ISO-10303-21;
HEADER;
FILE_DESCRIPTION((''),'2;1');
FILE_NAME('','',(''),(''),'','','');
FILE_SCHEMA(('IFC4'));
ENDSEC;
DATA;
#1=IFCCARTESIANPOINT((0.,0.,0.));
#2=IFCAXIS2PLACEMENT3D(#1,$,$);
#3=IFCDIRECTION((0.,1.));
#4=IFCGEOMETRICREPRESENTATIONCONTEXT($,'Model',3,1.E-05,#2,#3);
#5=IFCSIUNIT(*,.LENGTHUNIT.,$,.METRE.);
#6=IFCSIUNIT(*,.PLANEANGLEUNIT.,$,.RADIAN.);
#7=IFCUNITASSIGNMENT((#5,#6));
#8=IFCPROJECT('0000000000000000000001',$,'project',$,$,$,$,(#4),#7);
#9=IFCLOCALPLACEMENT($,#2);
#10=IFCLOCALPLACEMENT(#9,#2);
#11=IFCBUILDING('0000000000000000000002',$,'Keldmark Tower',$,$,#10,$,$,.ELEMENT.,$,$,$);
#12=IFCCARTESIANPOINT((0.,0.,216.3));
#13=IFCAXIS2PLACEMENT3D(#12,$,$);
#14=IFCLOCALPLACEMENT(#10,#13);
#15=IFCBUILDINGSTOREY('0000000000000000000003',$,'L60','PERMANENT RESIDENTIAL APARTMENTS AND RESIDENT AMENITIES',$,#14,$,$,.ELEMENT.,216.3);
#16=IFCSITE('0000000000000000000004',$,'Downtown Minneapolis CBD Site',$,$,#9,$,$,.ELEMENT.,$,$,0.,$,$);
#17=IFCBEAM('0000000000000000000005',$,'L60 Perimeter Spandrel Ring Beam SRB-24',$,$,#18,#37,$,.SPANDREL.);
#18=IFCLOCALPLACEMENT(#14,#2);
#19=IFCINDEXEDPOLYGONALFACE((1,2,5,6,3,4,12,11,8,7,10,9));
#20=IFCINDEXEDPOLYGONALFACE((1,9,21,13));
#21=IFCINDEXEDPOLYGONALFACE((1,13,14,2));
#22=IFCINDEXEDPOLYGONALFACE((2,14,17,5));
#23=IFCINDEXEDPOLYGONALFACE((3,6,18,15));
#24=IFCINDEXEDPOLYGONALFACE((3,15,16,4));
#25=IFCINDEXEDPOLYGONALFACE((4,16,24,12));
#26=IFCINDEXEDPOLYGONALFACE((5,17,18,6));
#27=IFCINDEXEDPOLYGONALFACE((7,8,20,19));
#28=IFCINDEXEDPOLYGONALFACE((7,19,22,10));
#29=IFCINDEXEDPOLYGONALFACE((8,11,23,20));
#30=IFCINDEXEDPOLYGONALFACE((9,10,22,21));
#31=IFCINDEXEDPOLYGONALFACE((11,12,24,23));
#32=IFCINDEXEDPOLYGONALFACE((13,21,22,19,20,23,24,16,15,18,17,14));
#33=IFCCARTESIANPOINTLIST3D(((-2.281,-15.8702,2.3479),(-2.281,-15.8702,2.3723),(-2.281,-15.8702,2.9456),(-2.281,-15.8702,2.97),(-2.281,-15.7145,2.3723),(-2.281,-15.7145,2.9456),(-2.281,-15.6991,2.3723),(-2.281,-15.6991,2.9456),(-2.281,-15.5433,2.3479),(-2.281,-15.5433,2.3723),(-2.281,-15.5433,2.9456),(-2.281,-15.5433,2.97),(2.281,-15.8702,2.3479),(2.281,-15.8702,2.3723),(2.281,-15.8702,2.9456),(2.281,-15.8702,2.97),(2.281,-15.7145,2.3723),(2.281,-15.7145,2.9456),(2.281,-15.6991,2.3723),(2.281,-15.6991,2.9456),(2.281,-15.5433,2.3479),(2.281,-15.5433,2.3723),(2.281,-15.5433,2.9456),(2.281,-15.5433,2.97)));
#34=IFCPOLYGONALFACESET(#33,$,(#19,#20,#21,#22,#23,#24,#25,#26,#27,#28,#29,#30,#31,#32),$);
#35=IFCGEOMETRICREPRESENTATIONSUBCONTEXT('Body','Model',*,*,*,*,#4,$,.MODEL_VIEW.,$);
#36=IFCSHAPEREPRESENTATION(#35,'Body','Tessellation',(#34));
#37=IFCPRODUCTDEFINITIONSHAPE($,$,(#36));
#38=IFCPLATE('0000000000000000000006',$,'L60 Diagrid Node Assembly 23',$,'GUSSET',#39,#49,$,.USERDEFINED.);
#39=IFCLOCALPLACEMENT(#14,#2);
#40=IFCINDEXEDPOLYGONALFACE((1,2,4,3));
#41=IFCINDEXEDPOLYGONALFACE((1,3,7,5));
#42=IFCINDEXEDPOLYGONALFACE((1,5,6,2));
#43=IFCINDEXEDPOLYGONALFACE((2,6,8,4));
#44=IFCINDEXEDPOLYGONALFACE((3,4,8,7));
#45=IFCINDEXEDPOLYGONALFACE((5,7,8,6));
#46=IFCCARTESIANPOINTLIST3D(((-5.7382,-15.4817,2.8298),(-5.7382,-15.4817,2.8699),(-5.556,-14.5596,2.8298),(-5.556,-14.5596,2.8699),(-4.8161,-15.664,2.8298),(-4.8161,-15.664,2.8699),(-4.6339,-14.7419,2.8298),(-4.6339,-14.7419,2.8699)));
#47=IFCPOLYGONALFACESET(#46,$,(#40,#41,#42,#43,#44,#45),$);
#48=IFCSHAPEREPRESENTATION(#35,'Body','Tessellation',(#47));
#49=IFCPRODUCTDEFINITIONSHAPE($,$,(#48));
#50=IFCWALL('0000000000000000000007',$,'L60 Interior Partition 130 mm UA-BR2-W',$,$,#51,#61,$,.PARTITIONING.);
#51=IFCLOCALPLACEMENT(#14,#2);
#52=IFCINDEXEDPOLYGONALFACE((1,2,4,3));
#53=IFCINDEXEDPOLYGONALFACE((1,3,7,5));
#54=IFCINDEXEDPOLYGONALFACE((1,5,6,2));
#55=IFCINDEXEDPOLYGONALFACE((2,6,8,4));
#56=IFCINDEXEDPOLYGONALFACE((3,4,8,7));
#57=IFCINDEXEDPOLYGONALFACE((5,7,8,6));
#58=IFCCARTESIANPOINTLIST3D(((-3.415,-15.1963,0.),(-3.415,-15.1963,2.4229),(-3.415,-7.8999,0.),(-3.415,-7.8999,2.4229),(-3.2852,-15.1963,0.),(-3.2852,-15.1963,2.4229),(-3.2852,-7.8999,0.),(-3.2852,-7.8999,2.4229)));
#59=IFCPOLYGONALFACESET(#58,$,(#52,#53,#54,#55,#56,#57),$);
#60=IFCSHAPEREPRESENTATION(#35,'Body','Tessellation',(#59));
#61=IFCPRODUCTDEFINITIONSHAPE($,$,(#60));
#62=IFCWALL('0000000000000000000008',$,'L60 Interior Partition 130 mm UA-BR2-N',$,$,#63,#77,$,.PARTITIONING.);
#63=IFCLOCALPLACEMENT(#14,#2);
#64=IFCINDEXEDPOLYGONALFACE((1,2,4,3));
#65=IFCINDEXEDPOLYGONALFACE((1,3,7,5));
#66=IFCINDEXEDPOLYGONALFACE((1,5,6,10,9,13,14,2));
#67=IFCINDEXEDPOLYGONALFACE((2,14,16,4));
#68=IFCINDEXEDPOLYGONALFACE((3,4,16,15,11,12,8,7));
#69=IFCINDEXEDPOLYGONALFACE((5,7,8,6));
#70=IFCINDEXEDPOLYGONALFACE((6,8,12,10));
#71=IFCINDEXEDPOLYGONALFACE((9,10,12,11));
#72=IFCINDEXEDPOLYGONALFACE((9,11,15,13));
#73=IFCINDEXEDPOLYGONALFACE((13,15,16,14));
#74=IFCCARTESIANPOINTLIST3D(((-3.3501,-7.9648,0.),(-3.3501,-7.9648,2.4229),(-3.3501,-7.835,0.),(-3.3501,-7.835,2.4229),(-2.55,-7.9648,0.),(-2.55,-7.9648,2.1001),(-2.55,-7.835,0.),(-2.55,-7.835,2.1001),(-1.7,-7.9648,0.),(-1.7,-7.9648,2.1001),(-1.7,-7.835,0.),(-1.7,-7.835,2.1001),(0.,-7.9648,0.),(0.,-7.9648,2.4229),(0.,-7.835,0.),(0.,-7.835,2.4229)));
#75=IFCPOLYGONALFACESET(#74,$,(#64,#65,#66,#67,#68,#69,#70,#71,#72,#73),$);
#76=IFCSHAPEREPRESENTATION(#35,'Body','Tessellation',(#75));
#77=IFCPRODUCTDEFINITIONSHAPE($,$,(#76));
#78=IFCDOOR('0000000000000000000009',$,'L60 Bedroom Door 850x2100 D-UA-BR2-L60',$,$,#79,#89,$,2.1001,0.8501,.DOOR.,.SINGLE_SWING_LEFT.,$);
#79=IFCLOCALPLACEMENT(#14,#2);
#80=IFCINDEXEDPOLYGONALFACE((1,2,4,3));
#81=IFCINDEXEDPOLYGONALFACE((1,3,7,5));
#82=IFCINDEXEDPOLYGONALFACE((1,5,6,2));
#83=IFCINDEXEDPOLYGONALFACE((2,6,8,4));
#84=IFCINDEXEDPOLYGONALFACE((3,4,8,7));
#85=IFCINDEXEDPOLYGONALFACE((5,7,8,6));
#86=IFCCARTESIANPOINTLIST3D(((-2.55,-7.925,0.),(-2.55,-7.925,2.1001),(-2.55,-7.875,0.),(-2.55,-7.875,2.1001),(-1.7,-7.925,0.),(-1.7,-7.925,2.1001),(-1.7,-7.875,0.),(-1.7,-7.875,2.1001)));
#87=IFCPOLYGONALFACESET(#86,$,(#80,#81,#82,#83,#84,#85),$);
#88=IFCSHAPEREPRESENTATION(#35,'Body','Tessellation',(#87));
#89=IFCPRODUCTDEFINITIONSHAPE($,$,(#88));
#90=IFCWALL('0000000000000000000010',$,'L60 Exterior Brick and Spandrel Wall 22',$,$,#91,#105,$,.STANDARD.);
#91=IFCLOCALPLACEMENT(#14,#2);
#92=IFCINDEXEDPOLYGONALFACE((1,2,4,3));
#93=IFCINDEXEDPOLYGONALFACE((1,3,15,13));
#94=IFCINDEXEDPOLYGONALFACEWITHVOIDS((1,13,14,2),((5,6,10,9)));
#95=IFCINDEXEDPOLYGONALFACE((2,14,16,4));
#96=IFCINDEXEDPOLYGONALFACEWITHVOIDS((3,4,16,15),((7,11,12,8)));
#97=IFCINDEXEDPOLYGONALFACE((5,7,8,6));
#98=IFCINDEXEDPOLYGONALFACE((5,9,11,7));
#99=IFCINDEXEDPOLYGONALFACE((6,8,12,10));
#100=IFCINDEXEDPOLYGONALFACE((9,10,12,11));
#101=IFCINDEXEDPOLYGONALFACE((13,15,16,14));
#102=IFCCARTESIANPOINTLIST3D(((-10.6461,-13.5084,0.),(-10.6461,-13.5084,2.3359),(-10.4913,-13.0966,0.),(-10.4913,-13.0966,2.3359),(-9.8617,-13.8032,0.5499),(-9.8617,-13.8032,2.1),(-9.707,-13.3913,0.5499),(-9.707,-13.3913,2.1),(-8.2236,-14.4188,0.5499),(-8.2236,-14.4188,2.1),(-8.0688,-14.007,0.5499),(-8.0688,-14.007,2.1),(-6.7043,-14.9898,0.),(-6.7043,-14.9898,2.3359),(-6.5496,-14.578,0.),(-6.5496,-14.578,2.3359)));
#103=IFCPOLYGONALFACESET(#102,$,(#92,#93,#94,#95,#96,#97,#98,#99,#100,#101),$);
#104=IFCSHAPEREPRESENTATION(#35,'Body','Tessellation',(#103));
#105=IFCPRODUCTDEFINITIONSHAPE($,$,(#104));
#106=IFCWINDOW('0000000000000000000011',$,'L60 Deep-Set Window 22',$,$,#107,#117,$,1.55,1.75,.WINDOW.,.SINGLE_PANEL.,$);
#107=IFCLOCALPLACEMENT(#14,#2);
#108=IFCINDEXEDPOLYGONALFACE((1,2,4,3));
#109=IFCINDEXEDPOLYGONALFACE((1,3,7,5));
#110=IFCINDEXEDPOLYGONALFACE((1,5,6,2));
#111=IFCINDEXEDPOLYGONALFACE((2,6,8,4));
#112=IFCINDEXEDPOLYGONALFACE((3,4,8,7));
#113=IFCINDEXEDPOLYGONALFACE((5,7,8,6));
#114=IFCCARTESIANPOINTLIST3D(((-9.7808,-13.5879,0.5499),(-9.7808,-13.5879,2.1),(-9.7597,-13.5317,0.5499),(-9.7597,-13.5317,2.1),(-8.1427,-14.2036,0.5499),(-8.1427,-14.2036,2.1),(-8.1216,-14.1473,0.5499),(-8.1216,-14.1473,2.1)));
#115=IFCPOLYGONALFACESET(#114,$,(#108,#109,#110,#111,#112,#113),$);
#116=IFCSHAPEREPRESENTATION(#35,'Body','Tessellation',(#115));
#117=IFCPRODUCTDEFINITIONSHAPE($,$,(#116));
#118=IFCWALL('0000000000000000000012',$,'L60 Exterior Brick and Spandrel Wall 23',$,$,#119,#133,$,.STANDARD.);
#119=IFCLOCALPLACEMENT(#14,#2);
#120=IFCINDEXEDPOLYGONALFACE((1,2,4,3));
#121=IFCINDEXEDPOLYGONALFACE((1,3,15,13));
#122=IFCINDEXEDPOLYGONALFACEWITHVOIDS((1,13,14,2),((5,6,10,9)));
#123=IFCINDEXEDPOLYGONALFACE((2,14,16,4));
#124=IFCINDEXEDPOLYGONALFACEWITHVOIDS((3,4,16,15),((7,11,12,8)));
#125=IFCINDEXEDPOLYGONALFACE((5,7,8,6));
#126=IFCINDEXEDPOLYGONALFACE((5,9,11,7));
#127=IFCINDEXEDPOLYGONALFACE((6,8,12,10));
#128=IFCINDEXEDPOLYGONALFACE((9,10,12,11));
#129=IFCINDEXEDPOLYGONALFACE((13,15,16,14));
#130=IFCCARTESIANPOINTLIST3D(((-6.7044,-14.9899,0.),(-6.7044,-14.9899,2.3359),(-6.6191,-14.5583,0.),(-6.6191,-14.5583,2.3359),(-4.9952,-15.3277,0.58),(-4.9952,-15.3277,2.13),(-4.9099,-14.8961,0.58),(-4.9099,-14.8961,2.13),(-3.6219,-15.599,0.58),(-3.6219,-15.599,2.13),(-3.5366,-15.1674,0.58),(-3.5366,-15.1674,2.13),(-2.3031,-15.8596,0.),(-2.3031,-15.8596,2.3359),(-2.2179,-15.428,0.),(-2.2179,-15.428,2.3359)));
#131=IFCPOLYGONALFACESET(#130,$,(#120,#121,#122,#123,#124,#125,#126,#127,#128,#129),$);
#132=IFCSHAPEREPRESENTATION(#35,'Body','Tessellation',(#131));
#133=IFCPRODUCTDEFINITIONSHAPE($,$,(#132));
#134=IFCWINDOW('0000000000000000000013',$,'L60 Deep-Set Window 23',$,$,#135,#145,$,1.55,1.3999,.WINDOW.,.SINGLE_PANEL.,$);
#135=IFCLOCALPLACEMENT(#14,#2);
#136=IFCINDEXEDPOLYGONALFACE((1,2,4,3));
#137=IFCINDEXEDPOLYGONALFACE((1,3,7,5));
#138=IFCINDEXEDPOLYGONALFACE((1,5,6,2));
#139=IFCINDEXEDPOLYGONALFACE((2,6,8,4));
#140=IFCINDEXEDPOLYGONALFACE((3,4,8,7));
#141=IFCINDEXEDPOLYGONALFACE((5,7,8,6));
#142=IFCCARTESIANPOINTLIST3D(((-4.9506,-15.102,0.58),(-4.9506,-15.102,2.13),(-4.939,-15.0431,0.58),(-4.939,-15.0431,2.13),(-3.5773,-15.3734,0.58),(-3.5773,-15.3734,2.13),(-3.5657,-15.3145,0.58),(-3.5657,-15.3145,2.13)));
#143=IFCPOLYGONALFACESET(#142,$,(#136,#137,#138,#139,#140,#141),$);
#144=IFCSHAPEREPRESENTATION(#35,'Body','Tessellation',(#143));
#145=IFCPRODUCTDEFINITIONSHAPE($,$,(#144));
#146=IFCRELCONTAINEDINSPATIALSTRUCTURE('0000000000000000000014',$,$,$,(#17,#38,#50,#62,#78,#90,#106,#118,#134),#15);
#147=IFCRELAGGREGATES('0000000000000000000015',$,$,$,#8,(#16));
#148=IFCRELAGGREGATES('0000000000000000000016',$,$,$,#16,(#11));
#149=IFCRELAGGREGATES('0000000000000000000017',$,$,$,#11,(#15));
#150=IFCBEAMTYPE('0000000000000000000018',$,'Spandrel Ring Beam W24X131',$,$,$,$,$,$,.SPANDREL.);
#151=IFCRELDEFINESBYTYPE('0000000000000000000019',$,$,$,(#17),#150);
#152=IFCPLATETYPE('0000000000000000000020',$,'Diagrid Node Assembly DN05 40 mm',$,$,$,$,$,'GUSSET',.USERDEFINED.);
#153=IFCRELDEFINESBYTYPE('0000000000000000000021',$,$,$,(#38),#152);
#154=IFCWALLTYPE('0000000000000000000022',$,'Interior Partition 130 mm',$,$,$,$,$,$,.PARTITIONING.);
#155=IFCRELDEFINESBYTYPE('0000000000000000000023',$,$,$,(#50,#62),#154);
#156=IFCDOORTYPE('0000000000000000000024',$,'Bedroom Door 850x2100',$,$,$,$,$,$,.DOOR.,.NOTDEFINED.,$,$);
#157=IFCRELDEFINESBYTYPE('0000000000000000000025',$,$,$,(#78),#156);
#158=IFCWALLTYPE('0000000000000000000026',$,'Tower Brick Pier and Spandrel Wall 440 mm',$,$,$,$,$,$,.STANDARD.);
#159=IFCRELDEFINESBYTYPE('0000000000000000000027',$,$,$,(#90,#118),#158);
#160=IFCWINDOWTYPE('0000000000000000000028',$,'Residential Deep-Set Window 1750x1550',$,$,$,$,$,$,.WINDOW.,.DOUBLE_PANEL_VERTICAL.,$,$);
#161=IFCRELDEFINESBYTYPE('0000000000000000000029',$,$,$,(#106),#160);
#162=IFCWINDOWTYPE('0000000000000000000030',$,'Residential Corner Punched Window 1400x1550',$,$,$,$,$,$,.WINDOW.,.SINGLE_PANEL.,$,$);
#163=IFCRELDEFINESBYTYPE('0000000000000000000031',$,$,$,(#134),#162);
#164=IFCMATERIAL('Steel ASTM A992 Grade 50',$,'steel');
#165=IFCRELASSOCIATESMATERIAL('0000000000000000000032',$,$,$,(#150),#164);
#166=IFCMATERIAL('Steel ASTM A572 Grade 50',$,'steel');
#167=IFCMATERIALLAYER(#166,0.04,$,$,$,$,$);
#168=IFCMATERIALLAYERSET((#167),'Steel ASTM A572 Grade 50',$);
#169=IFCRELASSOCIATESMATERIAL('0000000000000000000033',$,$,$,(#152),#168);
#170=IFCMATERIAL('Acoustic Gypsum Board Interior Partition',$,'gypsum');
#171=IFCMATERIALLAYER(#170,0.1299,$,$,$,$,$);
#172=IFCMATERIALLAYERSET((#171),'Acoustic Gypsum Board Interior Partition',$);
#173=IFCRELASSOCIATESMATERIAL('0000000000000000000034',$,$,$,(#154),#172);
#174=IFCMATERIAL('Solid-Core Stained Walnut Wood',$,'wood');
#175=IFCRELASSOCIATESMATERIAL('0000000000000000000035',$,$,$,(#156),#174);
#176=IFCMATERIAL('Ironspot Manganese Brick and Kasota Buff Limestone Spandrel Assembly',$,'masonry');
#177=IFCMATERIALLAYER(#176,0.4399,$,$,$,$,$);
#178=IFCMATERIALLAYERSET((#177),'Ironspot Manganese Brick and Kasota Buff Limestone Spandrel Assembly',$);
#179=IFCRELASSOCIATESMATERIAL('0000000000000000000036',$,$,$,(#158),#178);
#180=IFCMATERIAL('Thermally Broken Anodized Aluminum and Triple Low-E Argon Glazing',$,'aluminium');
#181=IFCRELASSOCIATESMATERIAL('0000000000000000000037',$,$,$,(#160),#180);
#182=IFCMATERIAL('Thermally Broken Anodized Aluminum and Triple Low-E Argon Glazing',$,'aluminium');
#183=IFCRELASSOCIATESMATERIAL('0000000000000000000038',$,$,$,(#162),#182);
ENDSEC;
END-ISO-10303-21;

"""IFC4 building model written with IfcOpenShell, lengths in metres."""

from ifc_helpers import new_model, si_unit, direction, frame, frame_2d, origin, origin_2d, place, context, subcontext, project, spatial, rectangle, i_section, extrude, material, layer, layer_set, material_profile, profile_set, type_object, element, fill, save


model = new_model("IFC4")

# Units and contexts
model_context = context("Model", 3, precision=1e-05, world=origin(), true_north=direction((0.0, 1.0)))
body_context = subcontext(model_context, "Body", "Model", "MODEL_VIEW")
ifc_project = project(units=[si_unit("LENGTHUNIT", "METRE"), si_unit("PLANEANGLEUNIT", "RADIAN")], contexts=[model_context])

# Site, building, storey
site_placement = place(None, origin())
site = spatial("IfcSite", under=ifc_project, at=site_placement, Name="Downtown Minneapolis CBD Site", CompositionType="ELEMENT", RefElevation=0.0)
building_placement = place(site_placement, origin())
building = spatial("IfcBuilding", under=site, at=building_placement, Name="Keldmark Tower", CompositionType="ELEMENT")
storey_placement = place(building_placement, frame((0.0, 0.0, 216.3)))
storey = spatial("IfcBuildingStorey", under=building, at=storey_placement, Name="L60", Description="PERMANENT RESIDENTIAL APARTMENTS AND RESIDENT AMENITIES", CompositionType="ELEMENT", Elevation=216.3)

# Beam
ifc_material_1 = material(Name="Steel ASTM A992 Grade 50", Category="steel")
ifc_material_profile_1 = material_profile(ifc_material_1, i_section(OverallWidth=0.3269, OverallDepth=0.6221, WebThickness=0.0154, FlangeThickness=0.0244, at=origin_2d()), Name="W24X131")
ifc_profile_set_1 = profile_set([ifc_material_profile_1], Name="Steel ASTM A992 Grade 50")
beam_type_1 = type_object("IfcBeamType", Name="Spandrel Ring Beam W24X131", PredefinedType="SPANDREL", material=ifc_profile_set_1)
beam_1_placement = place(storey_placement, frame((-2.281, -15.7068, 2.6589), z_axis=(1.0, 0.0, 0.0), x_axis=(0.0, 1.0, 0.0)))
element("IfcBeam", 1, at=beam_1_placement, inside=storey, type_object=beam_type_1, Name="L60 Perimeter Spandrel Ring Beam SRB-24", PredefinedType="SPANDREL", context=body_context, shape_type="SweptSolid", body=[
    extrude(i_section(OverallWidth=0.3269, OverallDepth=0.6221, WebThickness=0.0154, FlangeThickness=0.0244, at=origin_2d()), origin(), (0.0, 0.0, 1.0), 4.562),
])

# Plate
ifc_material_2 = material(Name="Steel ASTM A572 Grade 50", Category="steel")
ifc_layer_1 = layer(ifc_material_2, 0.04)
ifc_layer_set_1 = layer_set([ifc_layer_1], Name="Steel ASTM A572 Grade 50")
plate_type = type_object("IfcPlateType", Name="Diagrid Node Assembly DN05 40 mm", ElementType="GUSSET", PredefinedType="USERDEFINED", material=ifc_layer_set_1)
plate_placement = place(storey_placement, frame((-5.186, -15.1118, 2.8298), z_axis=(0.0, 0.0, 1.0), x_axis=(0.981023, -0.193892, 0.0)))
element("IfcPlate", 2, at=plate_placement, inside=storey, type_object=plate_type, Name="L60 Diagrid Node Assembly 23", ObjectType="GUSSET", PredefinedType="USERDEFINED", context=body_context, shape_type="SweptSolid", body=[
    extrude(rectangle(XDim=0.9399, YDim=0.9399, at=origin_2d()), origin(), (0.0, 0.0, 1.0), 0.04),
])

# Wall
ifc_material_3 = material(Name="Acoustic Gypsum Board Interior Partition", Category="gypsum")
ifc_layer_2 = layer(ifc_material_3, 0.1299)
ifc_layer_set_2 = layer_set([ifc_layer_2], Name="Acoustic Gypsum Board Interior Partition")
wall_type_1 = type_object("IfcWallType", Name="Interior Partition 130 mm", PredefinedType="PARTITIONING", material=ifc_layer_set_2)
wall_1_placement = place(storey_placement, frame((-3.3501, -15.1963, 0.0), z_axis=(0.0, 0.0, 1.0), x_axis=(0.0, 1.0, 0.0)))
element("IfcWall", 3, at=wall_1_placement, inside=storey, type_object=wall_type_1, Name="L60 Interior Partition 130 mm UA-BR2-W", PredefinedType="PARTITIONING", context=body_context, shape_type="SweptSolid", body=[
    extrude(rectangle(XDim=7.2964, YDim=0.1299, at=frame_2d((3.6482, 0.0))), origin(), (0.0, 0.0, 1.0), 2.4229),
])

# Wall, opening, door
wall_2_placement = place(storey_placement, frame((-3.3501, -7.8999, 0.0), z_axis=(0.0, 0.0, 1.0), x_axis=(1.0, 0.0, 0.0)))
wall_2 = element("IfcWall", 4, at=wall_2_placement, inside=storey, type_object=wall_type_1, Name="L60 Interior Partition 130 mm UA-BR2-N", PredefinedType="PARTITIONING", context=body_context, shape_type="SweptSolid", body=[
    extrude(rectangle(XDim=3.3501, YDim=0.1299, at=frame_2d((1.675, 0.0))), origin(), (0.0, 0.0, 1.0), 2.4229),
])
opening_1_placement = place(wall_2_placement, frame((0.8, 0.0, 0.0)))
opening_1 = element("IfcOpeningElement", 5, at=opening_1_placement, cuts=wall_2, PredefinedType="OPENING", context=body_context, shape_type="SweptSolid", body=[
    extrude(rectangle(XDim=0.8501, YDim=2.1001, at=frame_2d((0.425, 1.05))), frame((0.0, 0.075, 0.0), z_axis=(0.0, -1.0, 0.0), x_axis=(1.0, 0.0, 0.0)), (0.0, 0.0, 1.0), 0.1499),
])
ifc_material_4 = material(Name="Solid-Core Stained Walnut Wood", Category="wood")
door_type = type_object("IfcDoorType", Name="Bedroom Door 850x2100", OperationType="NOTDEFINED", PredefinedType="DOOR", material=ifc_material_4)
door_placement = place(opening_1_placement, origin())
door = element("IfcDoor", 6, at=door_placement, inside=storey, type_object=door_type, Name="L60 Bedroom Door 850x2100 D-UA-BR2-L60", OperationType="SINGLE_SWING_LEFT", OverallHeight=2.1001, OverallWidth=0.8501, PredefinedType="DOOR", context=body_context, shape_type="SweptSolid", body=[
    extrude(rectangle(XDim=0.8501, YDim=2.1001, at=frame_2d((0.425, 1.05))), frame((0.0, 0.0249, 0.0), z_axis=(0.0, -1.0, 0.0), x_axis=(1.0, 0.0, 0.0)), (0.0, 0.0, 1.0), 0.05),
])
fill(opening_1, door)

# Walls, openings, windows
ifc_material_5 = material(Name="Ironspot Manganese Brick and Kasota Buff Limestone Spandrel Assembly", Category="masonry")
ifc_layer_3 = layer(ifc_material_5, 0.4399)
ifc_layer_set_3 = layer_set([ifc_layer_3], Name="Ironspot Manganese Brick and Kasota Buff Limestone Spandrel Assembly")
wall_type_2 = type_object("IfcWallType", Name="Tower Brick Pier and Spandrel Wall 440 mm", PredefinedType="STANDARD", material=ifc_layer_set_3)
wall_3_placement = place(storey_placement, frame((-6.627, -14.7839, 0.0), z_axis=(0.0, 0.0, 1.0), x_axis=(-0.936069, 0.351816, 0.0)))
wall_3 = element("IfcWall", 7, at=wall_3_placement, inside=storey, type_object=wall_type_2, Name="L60 Exterior Brick and Spandrel Wall 22", PredefinedType="STANDARD", context=body_context, shape_type="SweptSolid", body=[
    extrude(rectangle(XDim=4.2109, YDim=0.4399, at=frame_2d((2.1055, 0.0))), origin(), (0.0, 0.0, 1.0), 2.3359),
])
opening_2_placement = place(wall_3_placement, frame((1.623, 0.0, 0.55)))
opening_2 = element("IfcOpeningElement", 8, at=opening_2_placement, cuts=wall_3, PredefinedType="OPENING", context=body_context, shape_type="SweptSolid", body=[
    extrude(rectangle(XDim=1.75, YDim=1.55, at=frame_2d((0.875, 0.7749))), frame((0.0, 0.23, 0.0), z_axis=(0.0, -1.0, 0.0), x_axis=(1.0, 0.0, 0.0)), (0.0, 0.0, 1.0), 0.46),
])
ifc_material_6 = material(Name="Thermally Broken Anodized Aluminum and Triple Low-E Argon Glazing", Category="aluminium")
window_type_1 = type_object("IfcWindowType", Name="Residential Deep-Set Window 1750x1550", PartitioningType="DOUBLE_PANEL_VERTICAL", PredefinedType="WINDOW", material=ifc_material_6)
window_1_placement = place(opening_2_placement, origin())
window_1 = element("IfcWindow", 9, at=window_1_placement, inside=storey, type_object=window_type_1, Name="L60 Deep-Set Window 22", OverallHeight=1.55, OverallWidth=1.75, PartitioningType="SINGLE_PANEL", PredefinedType="WINDOW", context=body_context, shape_type="SweptSolid", body=[
    extrude(rectangle(XDim=1.75, YDim=1.55, at=frame_2d((0.875, 0.7749))), frame((0.0, -0.01, 0.0), z_axis=(0.0, -1.0, 0.0), x_axis=(1.0, 0.0, 0.0)), (0.0, 0.0, 1.0), 0.0601),
])
fill(opening_2, window_1)
wall_4_placement = place(storey_placement, frame((-2.2605, -15.6438, 0.0), z_axis=(0.0, 0.0, 1.0), x_axis=(-0.981032, 0.193845, 0.0)))
wall_4 = element("IfcWall", 10, at=wall_4_placement, inside=storey, type_object=wall_type_2, Name="L60 Exterior Brick and Spandrel Wall 23", PredefinedType="STANDARD", context=body_context, shape_type="SweptSolid", body=[
    extrude(rectangle(XDim=4.4863, YDim=0.4399, at=frame_2d((2.2432, 0.0))), origin(), (0.0, 0.0, 1.0), 2.3359),
])
opening_3_placement = place(wall_4_placement, frame((1.3442, 0.0, 0.5801)))
opening_3 = element("IfcOpeningElement", 11, at=opening_3_placement, cuts=wall_4, PredefinedType="OPENING", context=body_context, shape_type="SweptSolid", body=[
    extrude(rectangle(XDim=1.3999, YDim=1.55, at=frame_2d((0.7, 0.7749))), frame((0.0, 0.23, 0.0), z_axis=(0.0, -1.0, 0.0), x_axis=(1.0, 0.0, 0.0)), (0.0, 0.0, 1.0), 0.46),
])
ifc_material_7 = material(Name="Thermally Broken Anodized Aluminum and Triple Low-E Argon Glazing", Category="aluminium")
window_type_2 = type_object("IfcWindowType", Name="Residential Corner Punched Window 1400x1550", PartitioningType="SINGLE_PANEL", PredefinedType="WINDOW", material=ifc_material_7)
window_2_placement = place(opening_3_placement, origin())
window_2 = element("IfcWindow", 12, at=window_2_placement, inside=storey, type_object=window_type_2, Name="L60 Deep-Set Window 23", OverallHeight=1.55, OverallWidth=1.3999, PartitioningType="SINGLE_PANEL", PredefinedType="WINDOW", context=body_context, shape_type="SweptSolid", body=[
    extrude(rectangle(XDim=1.3999, YDim=1.55, at=frame_2d((0.7, 0.7749))), frame((0.0, -0.01, 0.0), z_axis=(0.0, -1.0, 0.0), x_axis=(1.0, 0.0, 0.0)), (0.0, 0.0, 1.0), 0.0601),
])
fill(opening_3, window_2)

save(model, "model.ifc")
